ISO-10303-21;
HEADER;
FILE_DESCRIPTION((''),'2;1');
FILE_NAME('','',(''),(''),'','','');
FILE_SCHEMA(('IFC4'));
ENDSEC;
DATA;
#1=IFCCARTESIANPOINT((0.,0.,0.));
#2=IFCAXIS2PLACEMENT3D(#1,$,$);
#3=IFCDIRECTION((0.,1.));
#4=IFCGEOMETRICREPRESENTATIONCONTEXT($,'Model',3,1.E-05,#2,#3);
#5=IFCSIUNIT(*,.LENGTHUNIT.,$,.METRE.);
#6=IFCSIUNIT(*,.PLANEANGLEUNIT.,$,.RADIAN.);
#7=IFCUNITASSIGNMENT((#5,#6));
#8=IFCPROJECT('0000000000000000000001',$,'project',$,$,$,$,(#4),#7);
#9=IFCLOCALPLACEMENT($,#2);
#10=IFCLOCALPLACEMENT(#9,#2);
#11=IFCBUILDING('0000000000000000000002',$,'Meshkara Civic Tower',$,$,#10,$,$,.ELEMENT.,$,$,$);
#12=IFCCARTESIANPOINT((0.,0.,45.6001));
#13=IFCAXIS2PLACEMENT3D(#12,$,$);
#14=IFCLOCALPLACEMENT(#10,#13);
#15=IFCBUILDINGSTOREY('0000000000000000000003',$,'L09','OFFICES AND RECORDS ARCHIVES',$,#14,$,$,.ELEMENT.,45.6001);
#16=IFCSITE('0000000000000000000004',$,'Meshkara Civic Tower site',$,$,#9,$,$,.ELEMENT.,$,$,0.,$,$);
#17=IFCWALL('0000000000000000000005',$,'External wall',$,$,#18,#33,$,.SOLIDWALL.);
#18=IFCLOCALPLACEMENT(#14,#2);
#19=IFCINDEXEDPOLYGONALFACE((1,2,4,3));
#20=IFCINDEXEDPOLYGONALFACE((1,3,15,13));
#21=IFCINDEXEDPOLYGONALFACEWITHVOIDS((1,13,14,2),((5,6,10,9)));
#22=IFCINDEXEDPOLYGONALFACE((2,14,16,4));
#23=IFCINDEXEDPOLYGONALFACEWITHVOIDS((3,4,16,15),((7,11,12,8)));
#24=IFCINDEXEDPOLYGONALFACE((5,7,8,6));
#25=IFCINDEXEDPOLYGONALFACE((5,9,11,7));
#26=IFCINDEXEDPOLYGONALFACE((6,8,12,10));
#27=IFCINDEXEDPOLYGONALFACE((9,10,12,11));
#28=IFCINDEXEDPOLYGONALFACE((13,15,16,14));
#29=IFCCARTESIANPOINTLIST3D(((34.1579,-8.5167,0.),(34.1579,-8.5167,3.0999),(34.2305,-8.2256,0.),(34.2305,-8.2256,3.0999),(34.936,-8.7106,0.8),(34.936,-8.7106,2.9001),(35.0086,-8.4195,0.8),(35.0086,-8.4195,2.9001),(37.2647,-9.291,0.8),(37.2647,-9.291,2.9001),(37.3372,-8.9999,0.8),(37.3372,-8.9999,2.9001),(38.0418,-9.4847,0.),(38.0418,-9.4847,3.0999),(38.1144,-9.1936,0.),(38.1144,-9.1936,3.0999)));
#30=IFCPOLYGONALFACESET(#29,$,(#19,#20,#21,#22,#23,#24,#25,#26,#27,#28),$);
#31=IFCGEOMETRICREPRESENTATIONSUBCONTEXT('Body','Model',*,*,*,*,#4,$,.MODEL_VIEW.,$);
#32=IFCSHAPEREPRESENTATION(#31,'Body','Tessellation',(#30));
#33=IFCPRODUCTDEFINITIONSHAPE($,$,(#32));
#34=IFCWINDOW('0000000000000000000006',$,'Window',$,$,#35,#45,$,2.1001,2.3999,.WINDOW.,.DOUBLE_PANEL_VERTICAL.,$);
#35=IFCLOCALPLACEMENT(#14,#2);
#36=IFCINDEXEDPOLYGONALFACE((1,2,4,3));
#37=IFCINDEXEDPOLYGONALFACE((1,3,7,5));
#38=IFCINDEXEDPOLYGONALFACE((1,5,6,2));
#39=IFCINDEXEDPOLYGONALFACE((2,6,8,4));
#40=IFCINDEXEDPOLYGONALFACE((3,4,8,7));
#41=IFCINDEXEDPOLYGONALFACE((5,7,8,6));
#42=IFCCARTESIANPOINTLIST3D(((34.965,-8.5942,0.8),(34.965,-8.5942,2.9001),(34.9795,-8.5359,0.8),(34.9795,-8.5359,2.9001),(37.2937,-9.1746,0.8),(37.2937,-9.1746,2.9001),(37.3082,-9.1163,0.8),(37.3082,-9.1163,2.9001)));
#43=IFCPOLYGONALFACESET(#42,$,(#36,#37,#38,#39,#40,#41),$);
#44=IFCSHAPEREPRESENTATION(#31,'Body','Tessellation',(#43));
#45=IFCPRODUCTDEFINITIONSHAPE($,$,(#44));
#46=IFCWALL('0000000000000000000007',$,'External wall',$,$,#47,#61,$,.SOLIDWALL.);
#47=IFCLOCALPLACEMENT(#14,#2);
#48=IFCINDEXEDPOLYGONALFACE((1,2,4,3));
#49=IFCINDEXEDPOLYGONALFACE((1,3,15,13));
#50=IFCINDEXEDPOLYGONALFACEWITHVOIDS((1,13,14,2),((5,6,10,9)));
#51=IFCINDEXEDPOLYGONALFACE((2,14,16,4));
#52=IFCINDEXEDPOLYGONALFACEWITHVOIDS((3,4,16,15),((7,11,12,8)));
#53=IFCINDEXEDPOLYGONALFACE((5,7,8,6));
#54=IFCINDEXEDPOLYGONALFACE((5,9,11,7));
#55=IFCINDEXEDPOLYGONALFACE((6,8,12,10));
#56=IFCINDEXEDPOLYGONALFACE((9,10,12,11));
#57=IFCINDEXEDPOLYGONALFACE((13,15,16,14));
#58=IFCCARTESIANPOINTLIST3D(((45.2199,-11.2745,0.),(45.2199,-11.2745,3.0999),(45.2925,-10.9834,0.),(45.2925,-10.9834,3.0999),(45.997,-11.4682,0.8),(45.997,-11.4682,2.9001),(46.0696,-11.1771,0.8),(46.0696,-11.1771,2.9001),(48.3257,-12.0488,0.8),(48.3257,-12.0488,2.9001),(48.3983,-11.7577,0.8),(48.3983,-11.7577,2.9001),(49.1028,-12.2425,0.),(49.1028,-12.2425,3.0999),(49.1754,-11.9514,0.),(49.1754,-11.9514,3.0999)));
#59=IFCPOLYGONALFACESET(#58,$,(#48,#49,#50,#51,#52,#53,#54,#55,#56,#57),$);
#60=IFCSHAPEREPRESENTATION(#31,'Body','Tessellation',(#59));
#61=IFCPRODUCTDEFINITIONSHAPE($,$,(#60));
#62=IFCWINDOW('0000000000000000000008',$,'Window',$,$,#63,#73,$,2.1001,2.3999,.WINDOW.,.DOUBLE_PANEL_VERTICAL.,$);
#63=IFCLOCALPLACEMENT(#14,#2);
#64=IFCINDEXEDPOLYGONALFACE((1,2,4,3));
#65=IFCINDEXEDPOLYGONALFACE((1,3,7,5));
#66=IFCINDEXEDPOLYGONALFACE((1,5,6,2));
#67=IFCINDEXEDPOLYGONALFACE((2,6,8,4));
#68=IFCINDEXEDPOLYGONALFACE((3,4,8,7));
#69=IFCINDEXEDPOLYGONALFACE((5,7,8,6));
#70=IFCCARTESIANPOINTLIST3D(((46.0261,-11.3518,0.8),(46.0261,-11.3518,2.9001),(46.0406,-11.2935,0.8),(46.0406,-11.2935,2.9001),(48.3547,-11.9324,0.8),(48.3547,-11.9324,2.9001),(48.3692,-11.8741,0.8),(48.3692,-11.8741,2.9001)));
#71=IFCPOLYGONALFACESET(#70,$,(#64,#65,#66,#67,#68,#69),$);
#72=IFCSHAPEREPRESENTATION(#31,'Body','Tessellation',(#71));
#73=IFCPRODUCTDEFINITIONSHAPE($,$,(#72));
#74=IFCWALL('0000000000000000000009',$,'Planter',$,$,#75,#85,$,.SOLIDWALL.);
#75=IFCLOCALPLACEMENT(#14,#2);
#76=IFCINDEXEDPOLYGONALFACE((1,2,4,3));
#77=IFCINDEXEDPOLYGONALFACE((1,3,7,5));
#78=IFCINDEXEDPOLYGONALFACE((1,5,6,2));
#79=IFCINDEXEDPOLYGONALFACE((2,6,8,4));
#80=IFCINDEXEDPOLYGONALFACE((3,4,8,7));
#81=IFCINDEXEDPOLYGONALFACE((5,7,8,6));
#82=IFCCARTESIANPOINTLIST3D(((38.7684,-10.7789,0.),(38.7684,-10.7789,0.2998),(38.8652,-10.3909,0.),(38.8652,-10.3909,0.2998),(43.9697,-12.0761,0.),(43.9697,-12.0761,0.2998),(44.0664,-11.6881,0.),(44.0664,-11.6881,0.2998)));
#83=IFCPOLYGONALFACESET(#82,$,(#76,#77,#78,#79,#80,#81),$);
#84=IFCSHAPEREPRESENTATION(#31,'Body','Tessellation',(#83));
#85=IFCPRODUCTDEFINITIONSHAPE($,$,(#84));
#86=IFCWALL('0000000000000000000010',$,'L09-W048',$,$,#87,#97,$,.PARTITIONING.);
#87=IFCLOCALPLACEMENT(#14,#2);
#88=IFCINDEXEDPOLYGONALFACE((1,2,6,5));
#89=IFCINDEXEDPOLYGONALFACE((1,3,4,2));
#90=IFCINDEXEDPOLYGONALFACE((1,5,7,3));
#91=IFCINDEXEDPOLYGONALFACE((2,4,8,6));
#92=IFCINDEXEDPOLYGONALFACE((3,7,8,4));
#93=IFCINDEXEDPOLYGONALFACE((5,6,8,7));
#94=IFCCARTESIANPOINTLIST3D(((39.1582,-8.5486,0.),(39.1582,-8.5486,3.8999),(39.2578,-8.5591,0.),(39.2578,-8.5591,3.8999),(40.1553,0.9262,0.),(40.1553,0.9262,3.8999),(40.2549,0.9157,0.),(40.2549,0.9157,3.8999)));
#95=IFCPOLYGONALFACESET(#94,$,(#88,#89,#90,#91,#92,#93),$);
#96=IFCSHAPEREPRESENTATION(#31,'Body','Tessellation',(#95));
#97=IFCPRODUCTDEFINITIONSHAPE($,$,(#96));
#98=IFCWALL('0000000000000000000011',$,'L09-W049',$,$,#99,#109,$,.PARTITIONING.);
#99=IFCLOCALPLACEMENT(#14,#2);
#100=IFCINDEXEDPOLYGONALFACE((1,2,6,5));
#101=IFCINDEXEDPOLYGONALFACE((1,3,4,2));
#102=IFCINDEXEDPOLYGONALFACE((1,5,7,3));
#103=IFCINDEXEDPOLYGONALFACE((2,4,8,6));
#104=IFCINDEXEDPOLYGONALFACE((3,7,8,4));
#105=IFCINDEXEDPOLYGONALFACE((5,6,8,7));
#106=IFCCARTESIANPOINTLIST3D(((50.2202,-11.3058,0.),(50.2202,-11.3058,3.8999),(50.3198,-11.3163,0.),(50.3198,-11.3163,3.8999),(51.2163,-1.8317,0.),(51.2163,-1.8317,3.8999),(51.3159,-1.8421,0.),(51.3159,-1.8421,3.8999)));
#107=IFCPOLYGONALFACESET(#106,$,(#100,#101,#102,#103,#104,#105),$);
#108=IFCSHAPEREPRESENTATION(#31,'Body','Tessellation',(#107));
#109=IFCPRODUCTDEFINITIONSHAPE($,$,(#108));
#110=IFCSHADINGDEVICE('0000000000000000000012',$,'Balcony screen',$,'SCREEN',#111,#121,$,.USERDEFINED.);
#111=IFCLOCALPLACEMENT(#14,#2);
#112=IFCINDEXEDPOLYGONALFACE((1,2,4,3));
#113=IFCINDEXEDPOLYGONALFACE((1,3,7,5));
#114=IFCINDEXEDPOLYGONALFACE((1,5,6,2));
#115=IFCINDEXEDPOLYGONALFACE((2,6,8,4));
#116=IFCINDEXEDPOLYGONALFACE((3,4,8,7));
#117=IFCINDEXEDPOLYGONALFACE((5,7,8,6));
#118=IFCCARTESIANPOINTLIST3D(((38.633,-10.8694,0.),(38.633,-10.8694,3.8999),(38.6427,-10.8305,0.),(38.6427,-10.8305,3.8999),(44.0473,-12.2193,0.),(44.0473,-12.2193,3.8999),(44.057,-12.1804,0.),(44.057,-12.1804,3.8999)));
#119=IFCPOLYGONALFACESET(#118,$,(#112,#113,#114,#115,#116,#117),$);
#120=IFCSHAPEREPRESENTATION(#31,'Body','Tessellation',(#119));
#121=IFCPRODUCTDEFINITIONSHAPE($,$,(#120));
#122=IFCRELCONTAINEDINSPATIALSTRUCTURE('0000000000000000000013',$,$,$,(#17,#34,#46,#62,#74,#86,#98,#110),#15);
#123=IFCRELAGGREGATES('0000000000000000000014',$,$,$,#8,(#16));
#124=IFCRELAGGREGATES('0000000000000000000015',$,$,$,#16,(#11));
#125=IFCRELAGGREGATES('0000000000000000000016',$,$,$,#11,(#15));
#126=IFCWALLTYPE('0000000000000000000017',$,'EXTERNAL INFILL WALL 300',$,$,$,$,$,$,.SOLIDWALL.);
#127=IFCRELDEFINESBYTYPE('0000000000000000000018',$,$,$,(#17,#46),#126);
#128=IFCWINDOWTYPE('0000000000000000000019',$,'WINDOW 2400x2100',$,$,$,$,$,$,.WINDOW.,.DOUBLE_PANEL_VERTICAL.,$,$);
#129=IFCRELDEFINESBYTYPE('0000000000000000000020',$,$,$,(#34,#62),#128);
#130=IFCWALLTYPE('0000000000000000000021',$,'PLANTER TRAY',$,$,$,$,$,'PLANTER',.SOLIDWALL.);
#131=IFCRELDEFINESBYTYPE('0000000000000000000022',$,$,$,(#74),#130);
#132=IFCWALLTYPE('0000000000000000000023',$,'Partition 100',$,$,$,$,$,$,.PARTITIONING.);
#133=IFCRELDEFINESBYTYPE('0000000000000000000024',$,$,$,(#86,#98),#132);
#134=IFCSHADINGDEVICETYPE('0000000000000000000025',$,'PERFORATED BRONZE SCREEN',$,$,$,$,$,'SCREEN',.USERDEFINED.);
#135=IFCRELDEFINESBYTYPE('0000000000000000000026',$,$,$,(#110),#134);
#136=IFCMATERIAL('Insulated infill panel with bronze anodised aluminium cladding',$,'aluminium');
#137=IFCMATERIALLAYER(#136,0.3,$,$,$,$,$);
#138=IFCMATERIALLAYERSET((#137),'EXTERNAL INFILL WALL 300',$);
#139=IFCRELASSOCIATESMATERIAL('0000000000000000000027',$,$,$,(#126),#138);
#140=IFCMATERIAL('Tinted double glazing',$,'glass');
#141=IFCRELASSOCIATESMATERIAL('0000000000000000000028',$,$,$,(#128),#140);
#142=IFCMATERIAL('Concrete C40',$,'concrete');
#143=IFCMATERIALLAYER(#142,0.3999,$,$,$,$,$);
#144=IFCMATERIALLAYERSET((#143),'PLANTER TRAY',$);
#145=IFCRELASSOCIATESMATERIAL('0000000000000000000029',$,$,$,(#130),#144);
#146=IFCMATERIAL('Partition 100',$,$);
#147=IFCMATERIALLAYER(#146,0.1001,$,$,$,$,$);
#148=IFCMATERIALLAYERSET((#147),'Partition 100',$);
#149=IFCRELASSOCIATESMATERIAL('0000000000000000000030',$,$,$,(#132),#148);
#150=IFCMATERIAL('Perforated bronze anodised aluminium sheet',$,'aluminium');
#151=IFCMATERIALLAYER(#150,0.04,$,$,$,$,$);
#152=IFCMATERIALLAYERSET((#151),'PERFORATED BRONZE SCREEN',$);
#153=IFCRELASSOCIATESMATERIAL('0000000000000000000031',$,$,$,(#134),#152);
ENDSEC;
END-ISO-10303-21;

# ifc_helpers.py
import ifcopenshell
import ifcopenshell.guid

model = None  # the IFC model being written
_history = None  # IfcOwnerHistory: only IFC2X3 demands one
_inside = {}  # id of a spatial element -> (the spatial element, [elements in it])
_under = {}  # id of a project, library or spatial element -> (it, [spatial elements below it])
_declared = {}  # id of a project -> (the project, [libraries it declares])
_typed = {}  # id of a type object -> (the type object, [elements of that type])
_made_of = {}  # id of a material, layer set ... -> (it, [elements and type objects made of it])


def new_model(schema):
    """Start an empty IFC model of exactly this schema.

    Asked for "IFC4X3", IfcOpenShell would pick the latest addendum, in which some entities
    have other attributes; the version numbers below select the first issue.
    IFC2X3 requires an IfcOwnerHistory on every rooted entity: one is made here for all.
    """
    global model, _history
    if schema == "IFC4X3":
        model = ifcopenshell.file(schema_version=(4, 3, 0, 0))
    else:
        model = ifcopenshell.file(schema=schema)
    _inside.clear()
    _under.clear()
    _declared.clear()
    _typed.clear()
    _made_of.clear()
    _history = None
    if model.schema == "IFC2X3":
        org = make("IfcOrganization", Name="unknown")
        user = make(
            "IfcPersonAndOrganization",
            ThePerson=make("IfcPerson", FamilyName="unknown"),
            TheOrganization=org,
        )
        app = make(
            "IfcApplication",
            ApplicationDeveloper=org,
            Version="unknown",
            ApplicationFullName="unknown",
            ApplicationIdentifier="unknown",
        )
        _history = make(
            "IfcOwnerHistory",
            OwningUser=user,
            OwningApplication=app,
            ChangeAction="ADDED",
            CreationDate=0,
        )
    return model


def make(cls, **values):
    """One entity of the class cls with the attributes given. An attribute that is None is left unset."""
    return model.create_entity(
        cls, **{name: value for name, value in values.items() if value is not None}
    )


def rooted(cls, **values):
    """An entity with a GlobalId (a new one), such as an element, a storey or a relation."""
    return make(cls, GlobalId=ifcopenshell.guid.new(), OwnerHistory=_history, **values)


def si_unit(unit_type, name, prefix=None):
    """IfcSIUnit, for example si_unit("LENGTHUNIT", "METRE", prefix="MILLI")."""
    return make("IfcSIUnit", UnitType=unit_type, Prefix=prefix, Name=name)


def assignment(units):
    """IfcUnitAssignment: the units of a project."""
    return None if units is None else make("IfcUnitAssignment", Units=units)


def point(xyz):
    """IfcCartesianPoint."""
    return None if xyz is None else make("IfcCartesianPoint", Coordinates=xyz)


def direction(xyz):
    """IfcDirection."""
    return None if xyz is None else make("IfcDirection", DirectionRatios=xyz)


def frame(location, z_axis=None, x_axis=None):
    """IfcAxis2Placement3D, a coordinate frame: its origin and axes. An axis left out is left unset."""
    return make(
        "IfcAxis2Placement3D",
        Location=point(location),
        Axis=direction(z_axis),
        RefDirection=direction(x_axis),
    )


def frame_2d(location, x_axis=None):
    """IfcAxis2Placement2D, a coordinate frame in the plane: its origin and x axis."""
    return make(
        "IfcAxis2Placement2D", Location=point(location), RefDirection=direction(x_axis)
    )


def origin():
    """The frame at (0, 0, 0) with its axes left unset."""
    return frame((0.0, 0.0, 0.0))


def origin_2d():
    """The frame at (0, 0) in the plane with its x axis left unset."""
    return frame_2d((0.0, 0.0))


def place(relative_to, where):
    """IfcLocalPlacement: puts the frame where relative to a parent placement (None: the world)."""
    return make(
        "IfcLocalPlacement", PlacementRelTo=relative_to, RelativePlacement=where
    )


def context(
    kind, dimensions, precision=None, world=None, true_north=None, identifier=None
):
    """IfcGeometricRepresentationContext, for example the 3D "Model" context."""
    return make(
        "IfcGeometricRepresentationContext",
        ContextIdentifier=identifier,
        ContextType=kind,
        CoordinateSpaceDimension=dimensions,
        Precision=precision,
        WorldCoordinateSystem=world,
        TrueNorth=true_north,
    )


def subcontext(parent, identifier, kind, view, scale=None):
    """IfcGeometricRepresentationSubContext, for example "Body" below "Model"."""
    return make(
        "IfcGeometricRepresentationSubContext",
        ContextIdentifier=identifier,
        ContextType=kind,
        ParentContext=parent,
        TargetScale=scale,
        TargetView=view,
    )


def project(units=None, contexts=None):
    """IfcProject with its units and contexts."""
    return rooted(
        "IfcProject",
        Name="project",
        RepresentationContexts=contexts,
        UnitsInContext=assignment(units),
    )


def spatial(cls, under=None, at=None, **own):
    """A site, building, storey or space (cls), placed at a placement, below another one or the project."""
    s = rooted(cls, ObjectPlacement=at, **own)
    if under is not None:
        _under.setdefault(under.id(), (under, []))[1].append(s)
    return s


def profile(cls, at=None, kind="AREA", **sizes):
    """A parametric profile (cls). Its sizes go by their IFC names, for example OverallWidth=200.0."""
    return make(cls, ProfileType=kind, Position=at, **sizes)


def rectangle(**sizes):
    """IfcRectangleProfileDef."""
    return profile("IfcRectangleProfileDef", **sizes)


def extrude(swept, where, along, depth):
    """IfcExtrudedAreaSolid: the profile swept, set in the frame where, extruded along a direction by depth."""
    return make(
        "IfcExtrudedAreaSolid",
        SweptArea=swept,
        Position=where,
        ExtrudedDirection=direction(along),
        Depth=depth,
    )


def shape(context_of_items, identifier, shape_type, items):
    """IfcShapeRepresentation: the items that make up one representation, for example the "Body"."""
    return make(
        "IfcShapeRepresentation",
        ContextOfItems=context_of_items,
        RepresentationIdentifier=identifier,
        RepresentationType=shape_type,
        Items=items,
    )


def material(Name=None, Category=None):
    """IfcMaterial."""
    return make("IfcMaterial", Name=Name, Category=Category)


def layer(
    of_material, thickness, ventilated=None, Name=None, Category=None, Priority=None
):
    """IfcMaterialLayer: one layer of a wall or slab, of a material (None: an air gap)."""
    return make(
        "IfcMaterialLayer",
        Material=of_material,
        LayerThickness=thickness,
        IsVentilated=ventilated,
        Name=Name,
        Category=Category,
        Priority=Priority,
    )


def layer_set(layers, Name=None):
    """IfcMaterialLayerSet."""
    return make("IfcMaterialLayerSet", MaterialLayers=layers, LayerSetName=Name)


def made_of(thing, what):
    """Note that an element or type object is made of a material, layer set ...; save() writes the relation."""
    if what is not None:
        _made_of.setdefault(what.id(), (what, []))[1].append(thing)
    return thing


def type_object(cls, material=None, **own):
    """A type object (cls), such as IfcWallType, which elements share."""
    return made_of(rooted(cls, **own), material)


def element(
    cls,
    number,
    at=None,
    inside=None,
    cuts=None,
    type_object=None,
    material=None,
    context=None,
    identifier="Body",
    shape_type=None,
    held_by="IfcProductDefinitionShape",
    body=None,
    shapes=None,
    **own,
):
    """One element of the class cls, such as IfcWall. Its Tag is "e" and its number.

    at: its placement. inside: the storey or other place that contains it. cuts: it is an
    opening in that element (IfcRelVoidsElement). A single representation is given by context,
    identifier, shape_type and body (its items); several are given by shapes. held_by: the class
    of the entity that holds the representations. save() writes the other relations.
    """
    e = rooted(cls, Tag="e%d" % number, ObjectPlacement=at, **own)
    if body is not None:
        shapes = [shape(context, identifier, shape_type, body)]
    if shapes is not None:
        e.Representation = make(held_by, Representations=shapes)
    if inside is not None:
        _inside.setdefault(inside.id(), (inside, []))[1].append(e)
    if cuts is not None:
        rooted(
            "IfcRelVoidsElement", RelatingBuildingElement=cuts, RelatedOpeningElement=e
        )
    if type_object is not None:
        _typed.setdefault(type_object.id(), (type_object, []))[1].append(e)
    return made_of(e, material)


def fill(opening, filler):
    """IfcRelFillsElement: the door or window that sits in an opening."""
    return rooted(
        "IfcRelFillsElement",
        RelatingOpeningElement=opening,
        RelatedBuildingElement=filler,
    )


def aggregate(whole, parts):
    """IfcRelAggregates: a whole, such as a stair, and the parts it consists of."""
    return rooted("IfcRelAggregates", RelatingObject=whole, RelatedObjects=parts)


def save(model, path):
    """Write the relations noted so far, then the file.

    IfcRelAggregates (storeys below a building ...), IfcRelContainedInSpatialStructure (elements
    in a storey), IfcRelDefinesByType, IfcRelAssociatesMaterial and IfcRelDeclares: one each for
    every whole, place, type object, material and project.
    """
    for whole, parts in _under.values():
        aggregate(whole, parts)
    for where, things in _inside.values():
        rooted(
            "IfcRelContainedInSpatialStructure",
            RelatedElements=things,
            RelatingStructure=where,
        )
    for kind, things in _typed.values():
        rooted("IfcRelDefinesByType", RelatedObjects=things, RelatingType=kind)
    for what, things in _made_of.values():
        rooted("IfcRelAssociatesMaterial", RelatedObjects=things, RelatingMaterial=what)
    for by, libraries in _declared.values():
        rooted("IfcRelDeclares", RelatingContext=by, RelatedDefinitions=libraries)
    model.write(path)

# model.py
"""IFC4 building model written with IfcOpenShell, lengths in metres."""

from ifc_helpers import new_model, si_unit, direction, frame, frame_2d, origin, origin_2d, place, context, subcontext, project, spatial, rectangle, extrude, material, layer, layer_set, type_object, element, fill, save


model = new_model("IFC4")

# Units and contexts
model_context = context("Model", 3, precision=1e-05, world=origin(), true_north=direction((0.0, 1.0)))
body_context = subcontext(model_context, "Body", "Model", "MODEL_VIEW")
ifc_project = project(units=[si_unit("LENGTHUNIT", "METRE"), si_unit("PLANEANGLEUNIT", "RADIAN")], contexts=[model_context])

# Site, building, storey
site_placement = place(None, origin())
site = spatial("IfcSite", under=ifc_project, at=site_placement, Name="Meshkara Civic Tower site", CompositionType="ELEMENT", RefElevation=0.0)
building_placement = place(site_placement, origin())
building = spatial("IfcBuilding", under=site, at=building_placement, Name="Meshkara Civic Tower", CompositionType="ELEMENT")
storey_placement = place(building_placement, frame((0.0, 0.0, 45.6001)))
storey = spatial("IfcBuildingStorey", under=building, at=storey_placement, Name="L09", Description="OFFICES AND RECORDS ARCHIVES", CompositionType="ELEMENT", Elevation=45.6001)

# Walls, openings, windows
ifc_material_1 = material(Name="Insulated infill panel with bronze anodised aluminium cladding", Category="aluminium")
ifc_layer_1 = layer(ifc_material_1, 0.3)
ifc_layer_set_1 = layer_set([ifc_layer_1], Name="EXTERNAL INFILL WALL 300")
wall_type_1 = type_object("IfcWallType", Name="EXTERNAL INFILL WALL 300", PredefinedType="SOLIDWALL", material=ifc_layer_set_1)
ifc_material_2 = material(Name="Tinted double glazing", Category="glass")
window_type = type_object("IfcWindowType", Name="WINDOW 2400x2100", PartitioningType="DOUBLE_PANEL_VERTICAL", PredefinedType="WINDOW", material=ifc_material_2)
wall_1_placement = place(storey_placement, frame((34.1941, -8.3711, 0.0), z_axis=(0.0, 0.0, 1.0), x_axis=(0.970314, -0.241847, 0.0)))
wall_1 = element("IfcWall", 1, at=wall_1_placement, inside=storey, type_object=wall_type_1, Name="External wall", PredefinedType="SOLIDWALL", context=body_context, shape_type="SweptSolid", body=[
    extrude(rectangle(XDim=4.0027, YDim=0.3, at=frame_2d((2.0015, 0.0))), origin(), (0.0, 0.0, 1.0), 3.0999),
])
opening_1_placement = place(wall_1_placement, frame((0.802, 0.0, 0.8)))
opening_1 = element("IfcOpeningElement", 2, at=opening_1_placement, cuts=wall_1, PredefinedType="OPENING", context=body_context, shape_type="SweptSolid", body=[
    extrude(rectangle(XDim=2.3999, YDim=2.1001, at=frame_2d((1.2, 1.05))), frame((0.0, 0.1599, 0.0), z_axis=(0.0, -1.0, 0.0), x_axis=(1.0, 0.0, 0.0)), (0.0, 0.0, 1.0), 0.3201),
])
window_1_placement = place(opening_1_placement, origin())
window_1 = element("IfcWindow", 3, at=window_1_placement, inside=storey, type_object=window_type, Name="Window", OverallHeight=2.1001, OverallWidth=2.3999, PartitioningType="DOUBLE_PANEL_VERTICAL", PredefinedType="WINDOW", context=body_context, shape_type="SweptSolid", body=[
    extrude(rectangle(XDim=2.3999, YDim=2.1001, at=frame_2d((1.2, 1.05))), frame((0.0, 0.03, 0.0), z_axis=(0.0, -1.0, 0.0), x_axis=(1.0, 0.0, 0.0)), (0.0, 0.0, 1.0), 0.0601),
])
fill(opening_1, window_1)
wall_2_placement = place(storey_placement, frame((45.2561, -11.1289, 0.0), z_axis=(0.0, 0.0, 1.0), x_axis=(0.9703, -0.241904, 0.0)))
wall_2 = element("IfcWall", 4, at=wall_2_placement, inside=storey, type_object=wall_type_1, Name="External wall", PredefinedType="SOLIDWALL", context=body_context, shape_type="SweptSolid", body=[
    extrude(rectangle(XDim=4.0017, YDim=0.3, at=frame_2d((2.001, 0.0))), origin(), (0.0, 0.0, 1.0), 3.0999),
])
opening_2_placement = place(wall_2_placement, frame((0.801, 0.0, 0.8)))
opening_2 = element("IfcOpeningElement", 5, at=opening_2_placement, cuts=wall_2, PredefinedType="OPENING", context=body_context, shape_type="SweptSolid", body=[
    extrude(rectangle(XDim=2.3999, YDim=2.1001, at=frame_2d((1.2, 1.05))), frame((0.0, 0.1599, 0.0), z_axis=(0.0, -1.0, 0.0), x_axis=(1.0, 0.0, 0.0)), (0.0, 0.0, 1.0), 0.3201),
])
window_2_placement = place(opening_2_placement, origin())
window_2 = element("IfcWindow", 6, at=window_2_placement, inside=storey, type_object=window_type, Name="Window", OverallHeight=2.1001, OverallWidth=2.3999, PartitioningType="DOUBLE_PANEL_VERTICAL", PredefinedType="WINDOW", context=body_context, shape_type="SweptSolid", body=[
    extrude(rectangle(XDim=2.3999, YDim=2.1001, at=frame_2d((1.2, 1.05))), frame((0.0, 0.03, 0.0), z_axis=(0.0, -1.0, 0.0), x_axis=(1.0, 0.0, 0.0)), (0.0, 0.0, 1.0), 0.0601),
])
fill(opening_2, window_2)

# Walls
ifc_material_3 = material(Name="Concrete C40", Category="concrete")
ifc_layer_2 = layer(ifc_material_3, 0.3999)
ifc_layer_set_2 = layer_set([ifc_layer_2], Name="PLANTER TRAY")
wall_type_2 = type_object("IfcWallType", Name="PLANTER TRAY", ElementType="PLANTER", PredefinedType="SOLIDWALL", material=ifc_layer_set_2)
wall_3_placement = place(storey_placement, frame((38.8169, -10.585, 0.0), z_axis=(0.0, 0.0, 1.0), x_axis=(0.970282, -0.241978, 0.0)))
element("IfcWall", 7, at=wall_3_placement, inside=storey, type_object=wall_type_2, Name="Planter", PredefinedType="SOLIDWALL", context=body_context, shape_type="SweptSolid", body=[
    extrude(rectangle(XDim=5.3606, YDim=0.3999, at=frame_2d((2.6802, 0.0))), origin(), (0.0, 0.0, 1.0), 0.2998),
])
ifc_material_4 = material(Name="Partition 100")
ifc_layer_3 = layer(ifc_material_4, 0.1001)
ifc_layer_set_3 = layer_set([ifc_layer_3], Name="Partition 100")
wall_type_3 = type_object("IfcWallType", Name="Partition 100", PredefinedType="PARTITIONING", material=ifc_layer_set_3)
wall_4_placement = place(storey_placement, frame((39.208, -8.554, 0.0), z_axis=(0.0, 0.0, 1.0), x_axis=(0.104655, 0.994509, 0.0)))
element("IfcWall", 8, at=wall_4_placement, inside=storey, type_object=wall_type_3, Name="L09-W048", PredefinedType="PARTITIONING", context=body_context, shape_type="SweptSolid", body=[
    extrude(rectangle(XDim=9.5271, YDim=0.1001, at=frame_2d((4.7637, 0.0))), origin(), (0.0, 0.0, 1.0), 3.8999),
])
wall_5_placement = place(storey_placement, frame((50.27, -11.311, 0.0), z_axis=(0.0, 0.0, 1.0), x_axis=(0.104562, 0.994518, 0.0)))
element("IfcWall", 9, at=wall_5_placement, inside=storey, type_object=wall_type_3, Name="L09-W049", PredefinedType="PARTITIONING", context=body_context, shape_type="SweptSolid", body=[
    extrude(rectangle(XDim=9.5264, YDim=0.1001, at=frame_2d((4.7632, 0.0))), origin(), (0.0, 0.0, 1.0), 3.8999),
])

# Shading device
ifc_material_5 = material(Name="Perforated bronze anodised aluminium sheet", Category="aluminium")
ifc_layer_4 = layer(ifc_material_5, 0.04)
ifc_layer_set_4 = layer_set([ifc_layer_4], Name="PERFORATED BRONZE SCREEN")
shading_device_type = type_object("IfcShadingDeviceType", Name="PERFORATED BRONZE SCREEN", ElementType="SCREEN", PredefinedType="USERDEFINED", material=ifc_layer_set_4)
shading_device_placement = place(storey_placement, frame((41.345, -11.5249, 0.0), z_axis=(0.0, 0.0, 1.0), x_axis=(0.970296, -0.241922, 0.0)))
element("IfcShadingDevice", 10, at=shading_device_placement, inside=storey, type_object=shading_device_type, Name="Balcony screen", ObjectType="SCREEN", PredefinedType="USERDEFINED", context=body_context, shape_type="SweptSolid", body=[
    extrude(rectangle(XDim=5.5801, YDim=0.04, at=origin_2d()), origin(), (0.0, 0.0, 1.0), 3.8999),
])

save(model, "model.ifc")
